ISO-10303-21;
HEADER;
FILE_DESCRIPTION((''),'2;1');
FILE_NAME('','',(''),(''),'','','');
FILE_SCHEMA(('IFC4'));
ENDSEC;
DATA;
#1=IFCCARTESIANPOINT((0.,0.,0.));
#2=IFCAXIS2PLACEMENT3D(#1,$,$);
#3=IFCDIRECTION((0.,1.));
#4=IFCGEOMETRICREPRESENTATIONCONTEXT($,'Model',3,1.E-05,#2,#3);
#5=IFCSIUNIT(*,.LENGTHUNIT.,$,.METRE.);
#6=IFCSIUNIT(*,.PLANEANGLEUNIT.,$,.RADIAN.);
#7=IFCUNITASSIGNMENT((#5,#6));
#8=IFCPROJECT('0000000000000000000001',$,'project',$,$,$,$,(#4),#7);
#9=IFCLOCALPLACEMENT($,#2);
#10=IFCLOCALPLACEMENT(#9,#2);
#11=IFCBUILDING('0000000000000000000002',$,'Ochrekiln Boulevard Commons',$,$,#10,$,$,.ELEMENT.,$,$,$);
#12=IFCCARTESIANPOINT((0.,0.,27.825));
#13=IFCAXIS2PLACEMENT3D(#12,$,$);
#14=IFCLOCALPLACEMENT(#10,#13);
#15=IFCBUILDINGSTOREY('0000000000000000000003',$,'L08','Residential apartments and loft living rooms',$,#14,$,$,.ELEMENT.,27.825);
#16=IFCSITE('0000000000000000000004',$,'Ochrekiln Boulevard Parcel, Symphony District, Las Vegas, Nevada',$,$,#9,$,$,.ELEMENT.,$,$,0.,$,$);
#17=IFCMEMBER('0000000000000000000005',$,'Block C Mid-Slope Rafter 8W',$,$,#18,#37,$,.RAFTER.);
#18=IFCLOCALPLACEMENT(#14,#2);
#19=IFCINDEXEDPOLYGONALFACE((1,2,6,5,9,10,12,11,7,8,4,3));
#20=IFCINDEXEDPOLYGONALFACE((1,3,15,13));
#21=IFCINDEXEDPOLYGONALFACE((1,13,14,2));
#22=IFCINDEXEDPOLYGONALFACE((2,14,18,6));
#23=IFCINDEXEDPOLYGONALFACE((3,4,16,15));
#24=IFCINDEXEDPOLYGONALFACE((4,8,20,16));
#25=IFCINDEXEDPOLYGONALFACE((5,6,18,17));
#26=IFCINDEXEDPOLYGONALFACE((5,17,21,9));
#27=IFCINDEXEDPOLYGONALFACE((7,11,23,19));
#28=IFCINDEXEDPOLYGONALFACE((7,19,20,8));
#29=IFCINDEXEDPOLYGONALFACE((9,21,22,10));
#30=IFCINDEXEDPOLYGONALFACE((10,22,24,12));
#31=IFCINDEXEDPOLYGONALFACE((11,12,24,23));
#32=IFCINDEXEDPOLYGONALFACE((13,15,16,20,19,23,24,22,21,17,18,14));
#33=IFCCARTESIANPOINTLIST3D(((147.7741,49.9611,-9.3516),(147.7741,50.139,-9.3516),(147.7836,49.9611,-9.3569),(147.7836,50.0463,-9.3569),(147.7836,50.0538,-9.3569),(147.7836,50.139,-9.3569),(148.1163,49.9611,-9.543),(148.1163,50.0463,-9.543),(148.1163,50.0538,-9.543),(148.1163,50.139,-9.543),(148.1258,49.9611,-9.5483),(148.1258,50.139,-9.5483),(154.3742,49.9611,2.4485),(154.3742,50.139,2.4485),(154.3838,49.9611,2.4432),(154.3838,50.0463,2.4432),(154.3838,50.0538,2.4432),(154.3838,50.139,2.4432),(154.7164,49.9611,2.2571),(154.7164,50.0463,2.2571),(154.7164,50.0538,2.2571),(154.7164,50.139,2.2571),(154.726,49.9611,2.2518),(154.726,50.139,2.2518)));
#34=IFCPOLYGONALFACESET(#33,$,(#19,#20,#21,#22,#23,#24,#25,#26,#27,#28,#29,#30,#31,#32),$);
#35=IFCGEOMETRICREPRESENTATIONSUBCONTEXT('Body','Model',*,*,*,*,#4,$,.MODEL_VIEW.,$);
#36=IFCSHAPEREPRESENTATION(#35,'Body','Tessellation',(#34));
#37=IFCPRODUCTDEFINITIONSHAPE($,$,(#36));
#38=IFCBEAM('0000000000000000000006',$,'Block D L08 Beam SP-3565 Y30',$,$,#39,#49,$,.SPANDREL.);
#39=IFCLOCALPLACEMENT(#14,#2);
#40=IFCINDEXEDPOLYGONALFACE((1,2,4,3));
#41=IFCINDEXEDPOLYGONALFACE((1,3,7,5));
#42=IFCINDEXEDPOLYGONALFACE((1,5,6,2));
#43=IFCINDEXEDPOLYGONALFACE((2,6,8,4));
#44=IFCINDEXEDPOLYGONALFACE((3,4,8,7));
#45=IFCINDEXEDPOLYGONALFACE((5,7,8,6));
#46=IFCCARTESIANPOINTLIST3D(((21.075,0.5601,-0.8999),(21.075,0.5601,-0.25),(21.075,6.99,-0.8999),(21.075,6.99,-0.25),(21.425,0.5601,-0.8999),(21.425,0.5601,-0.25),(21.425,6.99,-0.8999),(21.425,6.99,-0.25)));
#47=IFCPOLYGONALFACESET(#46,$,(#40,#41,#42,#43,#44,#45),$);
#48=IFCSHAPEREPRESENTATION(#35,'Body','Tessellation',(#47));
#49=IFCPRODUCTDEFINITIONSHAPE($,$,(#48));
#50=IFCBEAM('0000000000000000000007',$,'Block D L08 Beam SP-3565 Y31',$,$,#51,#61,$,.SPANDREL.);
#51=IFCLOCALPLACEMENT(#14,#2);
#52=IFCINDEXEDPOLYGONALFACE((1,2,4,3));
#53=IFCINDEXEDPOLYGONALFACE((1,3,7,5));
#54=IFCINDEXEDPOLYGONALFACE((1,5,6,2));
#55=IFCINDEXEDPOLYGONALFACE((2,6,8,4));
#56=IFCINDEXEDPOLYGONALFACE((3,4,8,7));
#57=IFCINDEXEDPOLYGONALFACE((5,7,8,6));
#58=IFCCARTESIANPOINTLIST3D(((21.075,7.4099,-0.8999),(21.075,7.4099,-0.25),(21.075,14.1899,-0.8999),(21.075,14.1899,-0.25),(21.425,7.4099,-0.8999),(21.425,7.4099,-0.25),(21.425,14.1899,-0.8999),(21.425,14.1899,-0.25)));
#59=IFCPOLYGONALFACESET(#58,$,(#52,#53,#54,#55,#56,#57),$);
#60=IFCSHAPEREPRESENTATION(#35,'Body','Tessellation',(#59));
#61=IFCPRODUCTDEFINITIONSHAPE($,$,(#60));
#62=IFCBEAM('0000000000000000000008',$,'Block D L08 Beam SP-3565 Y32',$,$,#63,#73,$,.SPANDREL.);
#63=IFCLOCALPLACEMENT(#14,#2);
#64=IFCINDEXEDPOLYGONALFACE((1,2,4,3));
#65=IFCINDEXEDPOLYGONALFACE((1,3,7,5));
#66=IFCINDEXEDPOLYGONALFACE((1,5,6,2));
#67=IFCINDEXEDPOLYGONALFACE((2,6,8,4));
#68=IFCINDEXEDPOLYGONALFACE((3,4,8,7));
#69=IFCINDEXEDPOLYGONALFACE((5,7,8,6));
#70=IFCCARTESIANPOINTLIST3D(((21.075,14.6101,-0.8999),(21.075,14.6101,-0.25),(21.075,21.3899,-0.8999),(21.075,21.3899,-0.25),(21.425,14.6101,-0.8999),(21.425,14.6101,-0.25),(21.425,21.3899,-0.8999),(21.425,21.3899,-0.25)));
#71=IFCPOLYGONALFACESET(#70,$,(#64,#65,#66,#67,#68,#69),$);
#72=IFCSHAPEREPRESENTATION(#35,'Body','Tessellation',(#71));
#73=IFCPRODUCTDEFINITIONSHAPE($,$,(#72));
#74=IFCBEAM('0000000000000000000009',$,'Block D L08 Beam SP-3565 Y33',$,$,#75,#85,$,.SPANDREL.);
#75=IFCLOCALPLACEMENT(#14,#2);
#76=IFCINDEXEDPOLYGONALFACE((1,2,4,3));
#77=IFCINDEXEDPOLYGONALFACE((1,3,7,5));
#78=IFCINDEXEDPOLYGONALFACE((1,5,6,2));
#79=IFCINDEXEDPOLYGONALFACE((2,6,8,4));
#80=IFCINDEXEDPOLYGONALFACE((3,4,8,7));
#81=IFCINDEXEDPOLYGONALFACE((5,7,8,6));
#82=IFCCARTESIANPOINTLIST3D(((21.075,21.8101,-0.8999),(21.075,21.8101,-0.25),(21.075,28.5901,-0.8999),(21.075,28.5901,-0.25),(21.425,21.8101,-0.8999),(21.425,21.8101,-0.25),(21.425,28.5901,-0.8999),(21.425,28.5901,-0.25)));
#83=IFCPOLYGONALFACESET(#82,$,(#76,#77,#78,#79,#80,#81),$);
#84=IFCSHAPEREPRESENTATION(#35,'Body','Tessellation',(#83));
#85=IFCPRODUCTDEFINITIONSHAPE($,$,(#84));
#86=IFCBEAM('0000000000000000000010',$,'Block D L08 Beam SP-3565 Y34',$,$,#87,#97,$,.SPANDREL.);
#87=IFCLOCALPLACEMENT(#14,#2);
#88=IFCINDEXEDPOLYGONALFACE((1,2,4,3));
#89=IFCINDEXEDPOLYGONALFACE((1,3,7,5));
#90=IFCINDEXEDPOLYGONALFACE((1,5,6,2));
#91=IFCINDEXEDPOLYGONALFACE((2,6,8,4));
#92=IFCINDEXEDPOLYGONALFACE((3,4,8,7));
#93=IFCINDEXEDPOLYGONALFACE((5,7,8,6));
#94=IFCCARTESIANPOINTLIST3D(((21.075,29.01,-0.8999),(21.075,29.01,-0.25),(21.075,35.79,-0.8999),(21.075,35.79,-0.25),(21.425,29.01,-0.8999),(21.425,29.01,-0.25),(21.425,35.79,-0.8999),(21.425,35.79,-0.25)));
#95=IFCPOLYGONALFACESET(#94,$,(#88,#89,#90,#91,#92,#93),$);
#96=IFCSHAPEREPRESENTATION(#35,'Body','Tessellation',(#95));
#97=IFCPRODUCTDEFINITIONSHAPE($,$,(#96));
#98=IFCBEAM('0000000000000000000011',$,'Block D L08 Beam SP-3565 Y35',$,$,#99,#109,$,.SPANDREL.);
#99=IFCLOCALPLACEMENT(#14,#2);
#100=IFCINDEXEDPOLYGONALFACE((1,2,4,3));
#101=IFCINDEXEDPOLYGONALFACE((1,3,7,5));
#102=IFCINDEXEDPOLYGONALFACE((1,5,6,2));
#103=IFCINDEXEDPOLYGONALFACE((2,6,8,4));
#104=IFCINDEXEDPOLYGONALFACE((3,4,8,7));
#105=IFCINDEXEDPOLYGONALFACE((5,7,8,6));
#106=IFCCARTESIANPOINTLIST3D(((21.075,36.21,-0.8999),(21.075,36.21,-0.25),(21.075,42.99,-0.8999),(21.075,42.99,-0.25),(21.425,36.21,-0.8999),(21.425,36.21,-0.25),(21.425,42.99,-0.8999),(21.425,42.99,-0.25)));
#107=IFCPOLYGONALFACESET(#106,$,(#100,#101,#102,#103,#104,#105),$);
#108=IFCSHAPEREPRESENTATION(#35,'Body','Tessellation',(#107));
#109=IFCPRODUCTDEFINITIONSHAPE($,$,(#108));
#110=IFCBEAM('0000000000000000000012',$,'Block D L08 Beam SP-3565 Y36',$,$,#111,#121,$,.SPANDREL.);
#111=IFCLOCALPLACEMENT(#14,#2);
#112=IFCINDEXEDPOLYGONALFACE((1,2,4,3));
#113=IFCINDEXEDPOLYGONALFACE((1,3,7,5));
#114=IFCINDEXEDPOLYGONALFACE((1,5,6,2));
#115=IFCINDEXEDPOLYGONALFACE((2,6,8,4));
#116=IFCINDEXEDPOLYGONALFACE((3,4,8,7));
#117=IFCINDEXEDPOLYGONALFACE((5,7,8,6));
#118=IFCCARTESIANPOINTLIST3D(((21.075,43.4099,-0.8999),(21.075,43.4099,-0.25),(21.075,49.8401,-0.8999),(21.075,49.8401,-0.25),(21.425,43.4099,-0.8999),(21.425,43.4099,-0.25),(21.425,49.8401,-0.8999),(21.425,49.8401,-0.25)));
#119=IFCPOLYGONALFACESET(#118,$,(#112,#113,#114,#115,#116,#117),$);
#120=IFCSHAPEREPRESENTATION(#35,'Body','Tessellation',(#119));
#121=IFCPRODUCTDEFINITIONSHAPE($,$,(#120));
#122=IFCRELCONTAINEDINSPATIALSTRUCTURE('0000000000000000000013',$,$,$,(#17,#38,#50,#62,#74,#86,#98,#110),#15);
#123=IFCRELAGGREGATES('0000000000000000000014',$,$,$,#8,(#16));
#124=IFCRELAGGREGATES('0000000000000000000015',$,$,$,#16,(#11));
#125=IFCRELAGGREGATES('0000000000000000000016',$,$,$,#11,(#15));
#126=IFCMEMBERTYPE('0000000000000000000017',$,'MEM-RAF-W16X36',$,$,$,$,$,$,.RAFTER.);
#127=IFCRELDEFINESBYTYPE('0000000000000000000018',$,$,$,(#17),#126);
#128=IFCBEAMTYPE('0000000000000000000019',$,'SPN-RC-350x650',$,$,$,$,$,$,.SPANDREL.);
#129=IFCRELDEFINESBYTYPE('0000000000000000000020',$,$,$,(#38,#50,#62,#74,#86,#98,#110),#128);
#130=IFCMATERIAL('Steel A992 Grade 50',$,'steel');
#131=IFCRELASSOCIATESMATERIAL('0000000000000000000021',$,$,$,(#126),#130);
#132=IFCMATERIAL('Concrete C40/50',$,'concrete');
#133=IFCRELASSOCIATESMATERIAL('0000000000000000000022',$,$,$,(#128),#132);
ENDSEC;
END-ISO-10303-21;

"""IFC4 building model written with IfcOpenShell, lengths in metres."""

from ifc_helpers import new_model, si_unit, direction, frame, origin, origin_2d, place, context, subcontext, project, spatial, rectangle, i_section, extrude, material, material_profile, profile_set, type_object, element, save


model = new_model("IFC4")

# Units and contexts
model_context = context("Model", 3, precision=1e-05, world=origin(), true_north=direction((0.0, 1.0)))
body_context = subcontext(model_context, "Body", "Model", "MODEL_VIEW")
ifc_project = project(units=[si_unit("LENGTHUNIT", "METRE"), si_unit("PLANEANGLEUNIT", "RADIAN")], contexts=[model_context])

# Site, building, storey
site_placement = place(None, origin())
site = spatial("IfcSite", under=ifc_project, at=site_placement, Name="Ochrekiln Boulevard Parcel, Symphony District, Las Vegas, Nevada", CompositionType="ELEMENT", RefElevation=0.0)
building_placement = place(site_placement, origin())
building = spatial("IfcBuilding", under=site, at=building_placement, Name="Ochrekiln Boulevard Commons", CompositionType="ELEMENT")
storey_placement = place(building_placement, frame((0.0, 0.0, 27.825)))
storey = spatial("IfcBuildingStorey", under=building, at=storey_placement, Name="L08", Description="Residential apartments and loft living rooms", CompositionType="ELEMENT", Elevation=27.825)

# Member
ifc_material_1 = material(Name="Steel A992 Grade 50", Category="steel")
ifc_material_profile_1 = material_profile(ifc_material_1, i_section(OverallWidth=0.178, OverallDepth=0.4031, WebThickness=0.0076, FlangeThickness=0.011, at=origin_2d()), Name="W16X36")
ifc_profile_set_1 = profile_set([ifc_material_profile_1], Name="Steel A992 Grade 50")
member_type = type_object("IfcMemberType", Name="MEM-RAF-W16X36", PredefinedType="RAFTER", material=ifc_profile_set_1)
for number, where, z_axis, x_axis, name in (
    (1, (147.95, 50.05, -9.45), (0.488157, 0.0, 0.872756), (0.0, 1.0, 0.0), "Block C Mid-Slope Rafter 8W"),
):
    element("IfcMember", number, at=place(storey_placement, frame(where, z_axis=z_axis, x_axis=x_axis)), inside=storey, type_object=member_type, Name=name, PredefinedType="RAFTER", context=body_context, shape_type="SweptSolid", body=[
        extrude(i_section(OverallWidth=0.178, OverallDepth=0.4031, WebThickness=0.0076, FlangeThickness=0.011, at=origin_2d()), origin(), (0.0, 0.0, 1.0), 13.5205),
    ])

# Beams
ifc_material_2 = material(Name="Concrete C40/50", Category="concrete")
ifc_material_profile_2 = material_profile(ifc_material_2, rectangle(XDim=0.3501, YDim=0.6499, at=origin_2d()), Name="RC-SPN-350x650")
ifc_profile_set_2 = profile_set([ifc_material_profile_2], Name="Concrete C40/50")
beam_type = type_object("IfcBeamType", Name="SPN-RC-350x650", PredefinedType="SPANDREL", material=ifc_profile_set_2)
beam_1_placement = place(storey_placement, frame((21.25, 0.5601, -0.575), z_axis=(0.0, 1.0, 0.0), x_axis=(-1.0, 0.0, 0.0)))
element("IfcBeam", 2, at=beam_1_placement, inside=storey, type_object=beam_type, Name="Block D L08 Beam SP-3565 Y30", PredefinedType="SPANDREL", context=body_context, shape_type="SweptSolid", body=[
    extrude(rectangle(XDim=0.3501, YDim=0.6499, at=origin_2d()), origin(), (0.0, 0.0, 1.0), 6.4299),
])
beam_2_placement = place(storey_placement, frame((21.25, 7.4099, -0.575), z_axis=(0.0, 1.0, 0.0), x_axis=(-1.0, 0.0, 0.0)))
element("IfcBeam", 3, at=beam_2_placement, inside=storey, type_object=beam_type, Name="Block D L08 Beam SP-3565 Y31", PredefinedType="SPANDREL", context=body_context, shape_type="SweptSolid", body=[
    extrude(rectangle(XDim=0.3501, YDim=0.6499, at=origin_2d()), origin(), (0.0, 0.0, 1.0), 6.78),
])
beam_3_placement = place(storey_placement, frame((21.25, 14.6101, -0.575), z_axis=(0.0, 1.0, 0.0), x_axis=(-1.0, 0.0, 0.0)))
element("IfcBeam", 4, at=beam_3_placement, inside=storey, type_object=beam_type, Name="Block D L08 Beam SP-3565 Y32", PredefinedType="SPANDREL", context=body_context, shape_type="SweptSolid", body=[
    extrude(rectangle(XDim=0.3501, YDim=0.6499, at=origin_2d()), origin(), (0.0, 0.0, 1.0), 6.7798),
])
for number, where, z_axis, x_axis, name in (
    (5, (21.25, 21.8101, -0.575), (0.0, 1.0, 0.0), (-1.0, 0.0, 0.0), "Block D L08 Beam SP-3565 Y33"),
    (6, (21.25, 29.01, -0.575), (0.0, 1.0, 0.0), (-1.0, 0.0, 0.0), "Block D L08 Beam SP-3565 Y34"),
    (7, (21.25, 36.21, -0.575), (0.0, 1.0, 0.0), (-1.0, 0.0, 0.0), "Block D L08 Beam SP-3565 Y35"),
):
    element("IfcBeam", number, at=place(storey_placement, frame(where, z_axis=z_axis, x_axis=x_axis)), inside=storey, type_object=beam_type, Name=name, PredefinedType="SPANDREL", context=body_context, shape_type="SweptSolid", body=[
        extrude(rectangle(XDim=0.3501, YDim=0.6499, at=origin_2d()), origin(), (0.0, 0.0, 1.0), 6.78),
    ])
beam_4_placement = place(storey_placement, frame((21.25, 43.4099, -0.575), z_axis=(0.0, 1.0, 0.0), x_axis=(-1.0, 0.0, 0.0)))
element("IfcBeam", 8, at=beam_4_placement, inside=storey, type_object=beam_type, Name="Block D L08 Beam SP-3565 Y36", PredefinedType="SPANDREL", context=body_context, shape_type="SweptSolid", body=[
    extrude(rectangle(XDim=0.3501, YDim=0.6499, at=origin_2d()), origin(), (0.0, 0.0, 1.0), 6.4302),
])

save(model, "model.ifc")
